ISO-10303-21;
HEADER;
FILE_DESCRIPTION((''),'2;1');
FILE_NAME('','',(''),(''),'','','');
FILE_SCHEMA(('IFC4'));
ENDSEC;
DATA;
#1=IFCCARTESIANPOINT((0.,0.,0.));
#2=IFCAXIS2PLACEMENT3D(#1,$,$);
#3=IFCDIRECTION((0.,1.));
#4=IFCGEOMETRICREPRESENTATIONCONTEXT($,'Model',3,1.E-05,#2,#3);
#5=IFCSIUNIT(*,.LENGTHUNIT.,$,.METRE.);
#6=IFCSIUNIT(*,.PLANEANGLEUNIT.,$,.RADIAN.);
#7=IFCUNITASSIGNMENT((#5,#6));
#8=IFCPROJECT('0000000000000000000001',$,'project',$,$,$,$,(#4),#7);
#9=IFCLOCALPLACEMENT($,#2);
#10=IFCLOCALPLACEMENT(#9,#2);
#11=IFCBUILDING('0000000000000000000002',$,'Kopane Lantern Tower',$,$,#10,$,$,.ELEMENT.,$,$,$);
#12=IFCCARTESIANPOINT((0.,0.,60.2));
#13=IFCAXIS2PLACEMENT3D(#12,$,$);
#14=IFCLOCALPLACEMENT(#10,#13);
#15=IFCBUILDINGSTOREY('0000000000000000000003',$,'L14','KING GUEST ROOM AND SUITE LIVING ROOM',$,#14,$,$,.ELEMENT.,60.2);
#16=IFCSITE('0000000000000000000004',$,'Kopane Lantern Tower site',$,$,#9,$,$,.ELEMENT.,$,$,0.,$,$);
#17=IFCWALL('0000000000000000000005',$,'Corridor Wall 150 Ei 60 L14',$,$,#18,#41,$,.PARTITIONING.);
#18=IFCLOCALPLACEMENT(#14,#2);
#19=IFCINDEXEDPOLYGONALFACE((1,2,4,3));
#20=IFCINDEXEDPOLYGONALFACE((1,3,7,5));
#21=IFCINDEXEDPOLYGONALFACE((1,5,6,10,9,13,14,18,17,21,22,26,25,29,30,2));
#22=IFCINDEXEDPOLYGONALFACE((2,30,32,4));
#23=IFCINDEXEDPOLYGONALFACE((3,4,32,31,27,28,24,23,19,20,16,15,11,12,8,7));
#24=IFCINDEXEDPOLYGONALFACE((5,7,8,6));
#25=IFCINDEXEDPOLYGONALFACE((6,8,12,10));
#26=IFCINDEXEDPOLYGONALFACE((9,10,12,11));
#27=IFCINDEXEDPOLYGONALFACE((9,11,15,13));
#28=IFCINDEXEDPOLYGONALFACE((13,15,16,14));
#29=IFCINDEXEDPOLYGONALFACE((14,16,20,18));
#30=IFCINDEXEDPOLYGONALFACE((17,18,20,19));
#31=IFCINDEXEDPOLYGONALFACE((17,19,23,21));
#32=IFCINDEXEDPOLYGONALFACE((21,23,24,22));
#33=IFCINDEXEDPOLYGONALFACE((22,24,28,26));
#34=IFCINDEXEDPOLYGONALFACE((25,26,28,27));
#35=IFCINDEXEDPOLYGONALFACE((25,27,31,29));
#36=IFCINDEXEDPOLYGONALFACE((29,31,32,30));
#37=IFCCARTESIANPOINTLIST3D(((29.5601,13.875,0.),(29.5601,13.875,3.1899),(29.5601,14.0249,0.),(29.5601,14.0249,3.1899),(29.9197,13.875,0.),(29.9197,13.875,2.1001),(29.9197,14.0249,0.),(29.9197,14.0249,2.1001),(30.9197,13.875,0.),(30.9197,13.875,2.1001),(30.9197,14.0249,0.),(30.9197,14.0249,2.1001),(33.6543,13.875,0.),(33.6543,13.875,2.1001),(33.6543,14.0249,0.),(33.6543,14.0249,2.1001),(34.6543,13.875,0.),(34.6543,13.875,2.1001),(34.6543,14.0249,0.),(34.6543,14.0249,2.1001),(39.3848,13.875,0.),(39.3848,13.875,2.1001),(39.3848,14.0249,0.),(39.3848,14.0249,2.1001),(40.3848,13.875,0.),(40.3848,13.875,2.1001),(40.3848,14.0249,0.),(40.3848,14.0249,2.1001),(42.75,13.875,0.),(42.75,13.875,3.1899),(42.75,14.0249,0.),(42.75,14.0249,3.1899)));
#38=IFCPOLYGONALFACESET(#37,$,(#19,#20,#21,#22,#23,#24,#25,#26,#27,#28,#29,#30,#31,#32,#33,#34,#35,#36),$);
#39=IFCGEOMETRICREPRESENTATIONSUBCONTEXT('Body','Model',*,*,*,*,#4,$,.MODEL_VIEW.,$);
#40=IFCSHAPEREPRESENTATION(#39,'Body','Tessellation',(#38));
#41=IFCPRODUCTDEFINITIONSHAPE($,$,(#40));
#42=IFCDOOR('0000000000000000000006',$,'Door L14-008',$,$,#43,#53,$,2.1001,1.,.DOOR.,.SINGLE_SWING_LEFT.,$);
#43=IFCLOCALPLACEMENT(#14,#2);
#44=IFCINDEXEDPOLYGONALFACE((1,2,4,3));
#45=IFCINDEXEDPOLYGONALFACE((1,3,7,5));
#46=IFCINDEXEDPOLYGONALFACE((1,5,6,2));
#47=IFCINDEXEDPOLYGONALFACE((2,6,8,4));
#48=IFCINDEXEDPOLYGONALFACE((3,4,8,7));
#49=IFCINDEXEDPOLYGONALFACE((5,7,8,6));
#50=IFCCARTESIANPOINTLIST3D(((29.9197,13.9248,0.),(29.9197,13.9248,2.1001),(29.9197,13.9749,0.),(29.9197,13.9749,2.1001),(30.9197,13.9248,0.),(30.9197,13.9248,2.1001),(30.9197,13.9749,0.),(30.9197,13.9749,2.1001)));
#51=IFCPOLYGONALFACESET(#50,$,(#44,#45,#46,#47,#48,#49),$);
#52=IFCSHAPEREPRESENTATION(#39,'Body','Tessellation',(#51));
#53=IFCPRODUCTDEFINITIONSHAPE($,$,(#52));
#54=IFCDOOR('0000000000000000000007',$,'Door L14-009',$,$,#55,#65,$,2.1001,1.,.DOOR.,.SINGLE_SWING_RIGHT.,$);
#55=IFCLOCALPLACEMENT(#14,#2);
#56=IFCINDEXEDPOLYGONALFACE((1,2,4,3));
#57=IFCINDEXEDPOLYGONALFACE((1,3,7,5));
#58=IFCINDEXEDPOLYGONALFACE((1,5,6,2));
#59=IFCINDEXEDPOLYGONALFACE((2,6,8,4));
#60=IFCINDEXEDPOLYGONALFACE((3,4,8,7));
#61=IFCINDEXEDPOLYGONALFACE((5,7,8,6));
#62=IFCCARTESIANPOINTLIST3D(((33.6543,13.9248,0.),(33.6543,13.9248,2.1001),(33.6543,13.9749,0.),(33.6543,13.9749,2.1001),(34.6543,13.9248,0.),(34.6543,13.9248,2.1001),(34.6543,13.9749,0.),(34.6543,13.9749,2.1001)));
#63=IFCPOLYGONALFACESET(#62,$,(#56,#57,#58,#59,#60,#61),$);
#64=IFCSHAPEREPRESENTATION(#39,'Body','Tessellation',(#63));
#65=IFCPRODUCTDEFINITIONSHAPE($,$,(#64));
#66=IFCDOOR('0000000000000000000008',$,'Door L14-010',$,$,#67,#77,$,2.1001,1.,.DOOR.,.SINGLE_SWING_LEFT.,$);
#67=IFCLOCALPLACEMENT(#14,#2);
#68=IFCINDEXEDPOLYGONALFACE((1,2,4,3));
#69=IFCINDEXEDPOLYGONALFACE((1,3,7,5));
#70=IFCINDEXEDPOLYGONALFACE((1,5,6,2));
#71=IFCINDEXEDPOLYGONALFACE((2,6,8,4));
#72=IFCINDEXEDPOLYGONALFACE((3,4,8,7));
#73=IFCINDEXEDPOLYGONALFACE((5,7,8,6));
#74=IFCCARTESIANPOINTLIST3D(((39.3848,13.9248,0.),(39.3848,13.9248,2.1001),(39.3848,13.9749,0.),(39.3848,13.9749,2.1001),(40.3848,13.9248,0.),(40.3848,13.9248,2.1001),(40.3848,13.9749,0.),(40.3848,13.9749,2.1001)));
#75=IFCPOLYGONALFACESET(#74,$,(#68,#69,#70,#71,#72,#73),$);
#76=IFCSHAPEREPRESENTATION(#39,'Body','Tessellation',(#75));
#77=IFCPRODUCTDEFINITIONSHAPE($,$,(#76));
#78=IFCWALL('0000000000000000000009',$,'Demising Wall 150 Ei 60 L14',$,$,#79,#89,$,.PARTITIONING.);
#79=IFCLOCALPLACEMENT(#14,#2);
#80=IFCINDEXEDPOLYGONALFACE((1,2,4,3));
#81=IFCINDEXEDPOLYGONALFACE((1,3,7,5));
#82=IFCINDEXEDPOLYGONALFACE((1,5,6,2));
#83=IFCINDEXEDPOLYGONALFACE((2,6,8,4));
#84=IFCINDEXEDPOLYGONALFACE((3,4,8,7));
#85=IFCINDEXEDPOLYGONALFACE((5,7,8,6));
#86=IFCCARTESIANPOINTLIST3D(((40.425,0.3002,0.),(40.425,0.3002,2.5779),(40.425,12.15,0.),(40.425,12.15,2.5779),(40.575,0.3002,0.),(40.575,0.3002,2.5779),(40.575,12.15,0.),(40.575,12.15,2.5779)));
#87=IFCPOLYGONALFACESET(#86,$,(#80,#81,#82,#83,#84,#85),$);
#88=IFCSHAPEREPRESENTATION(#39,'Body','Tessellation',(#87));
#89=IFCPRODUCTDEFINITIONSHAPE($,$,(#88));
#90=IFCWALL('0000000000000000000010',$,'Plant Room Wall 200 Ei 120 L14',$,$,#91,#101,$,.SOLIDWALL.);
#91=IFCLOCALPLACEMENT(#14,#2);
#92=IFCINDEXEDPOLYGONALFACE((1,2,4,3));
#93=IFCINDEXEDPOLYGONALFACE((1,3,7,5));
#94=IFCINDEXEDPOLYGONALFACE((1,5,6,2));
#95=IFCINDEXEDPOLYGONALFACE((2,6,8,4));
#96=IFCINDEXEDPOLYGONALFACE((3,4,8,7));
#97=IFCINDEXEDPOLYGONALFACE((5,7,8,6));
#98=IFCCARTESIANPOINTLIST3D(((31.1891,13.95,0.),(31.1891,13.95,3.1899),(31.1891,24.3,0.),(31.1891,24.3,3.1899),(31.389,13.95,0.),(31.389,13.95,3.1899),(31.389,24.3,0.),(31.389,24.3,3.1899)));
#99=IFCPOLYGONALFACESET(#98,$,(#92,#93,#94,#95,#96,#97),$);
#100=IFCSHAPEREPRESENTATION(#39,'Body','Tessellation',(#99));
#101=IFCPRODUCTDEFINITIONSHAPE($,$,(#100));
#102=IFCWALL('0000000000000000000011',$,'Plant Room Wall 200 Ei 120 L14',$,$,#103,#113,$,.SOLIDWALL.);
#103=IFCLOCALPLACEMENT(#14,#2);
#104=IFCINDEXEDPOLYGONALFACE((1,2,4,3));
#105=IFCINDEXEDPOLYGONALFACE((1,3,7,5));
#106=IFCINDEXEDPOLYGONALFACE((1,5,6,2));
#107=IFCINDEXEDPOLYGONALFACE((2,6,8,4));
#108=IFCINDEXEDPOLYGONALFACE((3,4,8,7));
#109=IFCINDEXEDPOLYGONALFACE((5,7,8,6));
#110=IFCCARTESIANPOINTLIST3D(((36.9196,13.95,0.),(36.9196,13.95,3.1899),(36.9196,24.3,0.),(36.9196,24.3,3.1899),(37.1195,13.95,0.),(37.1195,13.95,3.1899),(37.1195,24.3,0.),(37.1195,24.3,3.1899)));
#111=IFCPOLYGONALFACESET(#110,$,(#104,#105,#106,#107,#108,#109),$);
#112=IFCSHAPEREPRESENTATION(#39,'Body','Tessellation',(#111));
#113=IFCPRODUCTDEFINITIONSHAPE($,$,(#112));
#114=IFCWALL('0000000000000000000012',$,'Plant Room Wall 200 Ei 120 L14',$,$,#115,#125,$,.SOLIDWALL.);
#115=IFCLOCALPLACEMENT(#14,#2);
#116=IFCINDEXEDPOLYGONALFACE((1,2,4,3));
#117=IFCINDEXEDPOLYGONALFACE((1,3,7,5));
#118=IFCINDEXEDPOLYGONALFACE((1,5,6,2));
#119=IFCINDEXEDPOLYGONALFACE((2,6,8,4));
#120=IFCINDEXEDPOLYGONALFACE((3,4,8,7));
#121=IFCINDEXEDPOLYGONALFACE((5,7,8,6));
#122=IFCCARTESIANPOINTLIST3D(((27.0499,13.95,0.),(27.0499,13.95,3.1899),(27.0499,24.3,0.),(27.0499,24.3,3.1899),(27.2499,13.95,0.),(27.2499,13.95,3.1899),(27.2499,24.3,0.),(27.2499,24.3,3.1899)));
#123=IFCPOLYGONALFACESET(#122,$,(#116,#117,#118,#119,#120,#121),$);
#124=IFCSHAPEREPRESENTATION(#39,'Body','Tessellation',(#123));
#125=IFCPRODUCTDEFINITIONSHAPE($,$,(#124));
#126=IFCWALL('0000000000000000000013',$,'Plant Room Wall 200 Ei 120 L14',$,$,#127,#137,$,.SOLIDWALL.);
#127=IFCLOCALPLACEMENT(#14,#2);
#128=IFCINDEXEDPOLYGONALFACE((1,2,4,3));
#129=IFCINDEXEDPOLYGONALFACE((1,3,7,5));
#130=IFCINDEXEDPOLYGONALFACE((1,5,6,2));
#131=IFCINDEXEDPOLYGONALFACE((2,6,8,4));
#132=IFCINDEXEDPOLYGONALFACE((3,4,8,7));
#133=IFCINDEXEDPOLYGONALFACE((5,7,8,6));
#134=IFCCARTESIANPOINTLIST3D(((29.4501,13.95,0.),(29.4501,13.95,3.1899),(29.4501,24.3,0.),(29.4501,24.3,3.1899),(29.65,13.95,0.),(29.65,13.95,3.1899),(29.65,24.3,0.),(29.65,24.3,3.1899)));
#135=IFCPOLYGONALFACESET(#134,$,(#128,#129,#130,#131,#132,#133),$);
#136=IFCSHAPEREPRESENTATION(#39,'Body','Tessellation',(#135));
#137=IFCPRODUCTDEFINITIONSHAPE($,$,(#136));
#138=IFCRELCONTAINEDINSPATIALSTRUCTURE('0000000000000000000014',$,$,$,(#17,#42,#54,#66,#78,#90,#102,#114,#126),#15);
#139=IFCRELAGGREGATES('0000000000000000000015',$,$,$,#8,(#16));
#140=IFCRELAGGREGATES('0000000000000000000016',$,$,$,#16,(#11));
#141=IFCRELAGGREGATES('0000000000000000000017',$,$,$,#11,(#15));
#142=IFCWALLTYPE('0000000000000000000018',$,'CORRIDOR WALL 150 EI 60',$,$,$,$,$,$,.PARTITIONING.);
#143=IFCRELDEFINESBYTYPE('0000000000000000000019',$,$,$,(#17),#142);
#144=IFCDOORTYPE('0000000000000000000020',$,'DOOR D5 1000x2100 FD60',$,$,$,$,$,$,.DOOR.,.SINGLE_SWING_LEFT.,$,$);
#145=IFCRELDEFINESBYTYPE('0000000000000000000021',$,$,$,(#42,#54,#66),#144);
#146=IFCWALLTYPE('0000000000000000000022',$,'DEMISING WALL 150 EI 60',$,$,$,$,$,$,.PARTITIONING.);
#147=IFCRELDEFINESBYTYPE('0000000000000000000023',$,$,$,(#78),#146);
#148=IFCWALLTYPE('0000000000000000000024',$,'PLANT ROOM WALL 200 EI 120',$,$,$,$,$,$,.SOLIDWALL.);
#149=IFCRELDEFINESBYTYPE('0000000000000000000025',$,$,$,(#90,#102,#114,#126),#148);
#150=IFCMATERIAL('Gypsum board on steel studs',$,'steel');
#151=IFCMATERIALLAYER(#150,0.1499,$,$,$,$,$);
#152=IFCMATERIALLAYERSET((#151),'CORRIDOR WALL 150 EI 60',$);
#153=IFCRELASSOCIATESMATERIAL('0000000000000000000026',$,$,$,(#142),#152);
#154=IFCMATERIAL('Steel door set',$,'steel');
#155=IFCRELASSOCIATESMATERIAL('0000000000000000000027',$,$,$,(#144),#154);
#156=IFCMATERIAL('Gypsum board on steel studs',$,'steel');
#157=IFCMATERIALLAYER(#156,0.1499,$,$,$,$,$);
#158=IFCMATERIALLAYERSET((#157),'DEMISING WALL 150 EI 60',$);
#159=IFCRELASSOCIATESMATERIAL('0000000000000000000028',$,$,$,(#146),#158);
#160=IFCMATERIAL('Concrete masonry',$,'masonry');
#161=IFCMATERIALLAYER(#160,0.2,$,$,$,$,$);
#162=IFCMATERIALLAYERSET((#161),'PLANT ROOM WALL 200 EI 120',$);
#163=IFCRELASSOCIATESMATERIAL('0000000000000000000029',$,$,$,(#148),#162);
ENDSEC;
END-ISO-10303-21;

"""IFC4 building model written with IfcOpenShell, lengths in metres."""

from ifc_helpers import new_model, si_unit, direction, frame, frame_2d, origin, place, context, subcontext, project, spatial, rectangle, extrude, material, layer, layer_set, type_object, element, fill, save


model = new_model("IFC4")

# Units and contexts
model_context = context("Model", 3, precision=1e-05, world=origin(), true_north=direction((0.0, 1.0)))
body_context = subcontext(model_context, "Body", "Model", "MODEL_VIEW")
ifc_project = project(units=[si_unit("LENGTHUNIT", "METRE"), si_unit("PLANEANGLEUNIT", "RADIAN")], contexts=[model_context])

# Site, building, storey
site_placement = place(None, origin())
site = spatial("IfcSite", under=ifc_project, at=site_placement, Name="Kopane Lantern Tower site", CompositionType="ELEMENT", RefElevation=0.0)
building_placement = place(site_placement, origin())
building = spatial("IfcBuilding", under=site, at=building_placement, Name="Kopane Lantern Tower", CompositionType="ELEMENT")
storey_placement = place(building_placement, frame((0.0, 0.0, 60.2)))
storey = spatial("IfcBuildingStorey", under=building, at=storey_placement, Name="L14", Description="KING GUEST ROOM AND SUITE LIVING ROOM", CompositionType="ELEMENT", Elevation=60.2)

# Wall, openings, doors
ifc_material_1 = material(Name="Gypsum board on steel studs", Category="steel")
ifc_layer_1 = layer(ifc_material_1, 0.1499)
ifc_layer_set_1 = layer_set([ifc_layer_1], Name="CORRIDOR WALL 150 EI 60")
wall_type_1 = type_object("IfcWallType", Name="CORRIDOR WALL 150 EI 60", PredefinedType="PARTITIONING", material=ifc_layer_set_1)
wall_1_placement = place(storey_placement, frame((29.5601, 13.95, 0.0), z_axis=(0.0, 0.0, 1.0), x_axis=(1.0, 0.0, 0.0)))
wall_1 = element("IfcWall", 1, at=wall_1_placement, inside=storey, type_object=wall_type_1, Name="Corridor Wall 150 Ei 60 L14", PredefinedType="PARTITIONING", context=body_context, shape_type="SweptSolid", body=[
    extrude(rectangle(XDim=13.1899, YDim=0.1499, at=frame_2d((6.595, 0.0))), origin(), (0.0, 0.0, 1.0), 3.1899),
])
opening_1_placement = place(wall_1_placement, frame((0.3596, 0.0, 0.0)))
opening_1 = element("IfcOpeningElement", 2, at=opening_1_placement, cuts=wall_1, PredefinedType="OPENING", context=body_context, shape_type="SweptSolid", body=[
    extrude(rectangle(XDim=1.0, YDim=2.1001, at=frame_2d((0.5, 1.05))), frame((0.0, 0.085, 0.0), z_axis=(0.0, -1.0, 0.0), x_axis=(1.0, 0.0, 0.0)), (0.0, 0.0, 1.0), 0.1699),
])
opening_2_placement = place(wall_1_placement, frame((4.0942, 0.0, 0.0)))
opening_2 = element("IfcOpeningElement", 3, at=opening_2_placement, cuts=wall_1, PredefinedType="OPENING", context=body_context, shape_type="SweptSolid", body=[
    extrude(rectangle(XDim=1.0, YDim=2.1001, at=frame_2d((0.5, 1.05))), frame((0.0, 0.085, 0.0), z_axis=(0.0, -1.0, 0.0), x_axis=(1.0, 0.0, 0.0)), (0.0, 0.0, 1.0), 0.1699),
])
opening_3_placement = place(wall_1_placement, frame((9.8247, 0.0, 0.0)))
opening_3 = element("IfcOpeningElement", 4, at=opening_3_placement, cuts=wall_1, PredefinedType="OPENING", context=body_context, shape_type="SweptSolid", body=[
    extrude(rectangle(XDim=1.0, YDim=2.1001, at=frame_2d((0.5, 1.05))), frame((0.0, 0.085, 0.0), z_axis=(0.0, -1.0, 0.0), x_axis=(1.0, 0.0, 0.0)), (0.0, 0.0, 1.0), 0.1699),
])
ifc_material_2 = material(Name="Steel door set", Category="steel")
door_type_1 = type_object("IfcDoorType", Name="DOOR D5 1000x2100 FD60", OperationType="SINGLE_SWING_LEFT", PredefinedType="DOOR", material=ifc_material_2)
door_1_placement = place(opening_1_placement, origin())
door_1 = element("IfcDoor", 5, at=door_1_placement, inside=storey, type_object=door_type_1, Name="Door L14-008", OperationType="SINGLE_SWING_LEFT", OverallHeight=2.1001, OverallWidth=1.0, PredefinedType="DOOR", context=body_context, shape_type="SweptSolid", body=[
    extrude(rectangle(XDim=1.0, YDim=2.1001, at=frame_2d((0.5, 1.05))), frame((0.0, 0.0249, 0.0), z_axis=(0.0, -1.0, 0.0), x_axis=(1.0, 0.0, 0.0)), (0.0, 0.0, 1.0), 0.05),
])
fill(opening_1, door_1)
door_2_placement = place(opening_2_placement, origin())
door_2 = element("IfcDoor", 6, at=door_2_placement, inside=storey, type_object=door_type_1, Name="Door L14-009", OperationType="SINGLE_SWING_RIGHT", OverallHeight=2.1001, OverallWidth=1.0, PredefinedType="DOOR", context=body_context, shape_type="SweptSolid", body=[
    extrude(rectangle(XDim=1.0, YDim=2.1001, at=frame_2d((0.5, 1.05))), frame((0.0, 0.0249, 0.0), z_axis=(0.0, -1.0, 0.0), x_axis=(1.0, 0.0, 0.0)), (0.0, 0.0, 1.0), 0.05),
])
fill(opening_2, door_2)
door_3_placement = place(opening_3_placement, origin())
door_3 = element("IfcDoor", 7, at=door_3_placement, inside=storey, type_object=door_type_1, Name="Door L14-010", OperationType="SINGLE_SWING_LEFT", OverallHeight=2.1001, OverallWidth=1.0, PredefinedType="DOOR", context=body_context, shape_type="SweptSolid", body=[
    extrude(rectangle(XDim=1.0, YDim=2.1001, at=frame_2d((0.5, 1.05))), frame((0.0, 0.0249, 0.0), z_axis=(0.0, -1.0, 0.0), x_axis=(1.0, 0.0, 0.0)), (0.0, 0.0, 1.0), 0.05),
])
fill(opening_3, door_3)

# Walls
ifc_material_3 = material(Name="Gypsum board on steel studs", Category="steel")
ifc_layer_2 = layer(ifc_material_3, 0.1499)
ifc_layer_set_2 = layer_set([ifc_layer_2], Name="DEMISING WALL 150 EI 60")
wall_type_2 = type_object("IfcWallType", Name="DEMISING WALL 150 EI 60", PredefinedType="PARTITIONING", material=ifc_layer_set_2)
wall_2_placement = place(storey_placement, frame((40.5, 12.1499, 0.0), z_axis=(0.0, 0.0, 1.0), x_axis=(0.0, -1.0, 0.0)))
element("IfcWall", 8, at=wall_2_placement, inside=storey, type_object=wall_type_2, Name="Demising Wall 150 Ei 60 L14", PredefinedType="PARTITIONING", context=body_context, shape_type="SweptSolid", body=[
    extrude(rectangle(XDim=11.8499, YDim=0.1499, at=frame_2d((5.9248, 0.0))), origin(), (0.0, 0.0, 1.0), 2.5779),
])
ifc_material_4 = material(Name="Concrete masonry", Category="masonry")
ifc_layer_3 = layer(ifc_material_4, 0.2)
ifc_layer_set_3 = layer_set([ifc_layer_3], Name="PLANT ROOM WALL 200 EI 120")
wall_type_3 = type_object("IfcWallType", Name="PLANT ROOM WALL 200 EI 120", PredefinedType="SOLIDWALL", material=ifc_layer_set_3)
for number, where, z_axis, x_axis, name in (
    (9, (31.2891, 13.95, 0.0), (0.0, 0.0, 1.0), (0.0, 1.0, 0.0), "Plant Room Wall 200 Ei 120 L14"),
    (10, (37.0195, 13.95, 0.0), (0.0, 0.0, 1.0), (0.0, 1.0, 0.0), "Plant Room Wall 200 Ei 120 L14"),
    (11, (27.1499, 13.95, 0.0), (0.0, 0.0, 1.0), (0.0, 1.0, 0.0), "Plant Room Wall 200 Ei 120 L14"),
    (12, (29.55, 13.95, 0.0), (0.0, 0.0, 1.0), (0.0, 1.0, 0.0), "Plant Room Wall 200 Ei 120 L14"),
):
    element("IfcWall", number, at=place(storey_placement, frame(where, z_axis=z_axis, x_axis=x_axis)), inside=storey, type_object=wall_type_3, Name=name, PredefinedType="SOLIDWALL", context=body_context, shape_type="SweptSolid", body=[
        extrude(rectangle(XDim=10.3501, YDim=0.2, at=frame_2d((5.175, 0.0))), origin(), (0.0, 0.0, 1.0), 3.1899),
    ])

save(model, "model.ifc")
